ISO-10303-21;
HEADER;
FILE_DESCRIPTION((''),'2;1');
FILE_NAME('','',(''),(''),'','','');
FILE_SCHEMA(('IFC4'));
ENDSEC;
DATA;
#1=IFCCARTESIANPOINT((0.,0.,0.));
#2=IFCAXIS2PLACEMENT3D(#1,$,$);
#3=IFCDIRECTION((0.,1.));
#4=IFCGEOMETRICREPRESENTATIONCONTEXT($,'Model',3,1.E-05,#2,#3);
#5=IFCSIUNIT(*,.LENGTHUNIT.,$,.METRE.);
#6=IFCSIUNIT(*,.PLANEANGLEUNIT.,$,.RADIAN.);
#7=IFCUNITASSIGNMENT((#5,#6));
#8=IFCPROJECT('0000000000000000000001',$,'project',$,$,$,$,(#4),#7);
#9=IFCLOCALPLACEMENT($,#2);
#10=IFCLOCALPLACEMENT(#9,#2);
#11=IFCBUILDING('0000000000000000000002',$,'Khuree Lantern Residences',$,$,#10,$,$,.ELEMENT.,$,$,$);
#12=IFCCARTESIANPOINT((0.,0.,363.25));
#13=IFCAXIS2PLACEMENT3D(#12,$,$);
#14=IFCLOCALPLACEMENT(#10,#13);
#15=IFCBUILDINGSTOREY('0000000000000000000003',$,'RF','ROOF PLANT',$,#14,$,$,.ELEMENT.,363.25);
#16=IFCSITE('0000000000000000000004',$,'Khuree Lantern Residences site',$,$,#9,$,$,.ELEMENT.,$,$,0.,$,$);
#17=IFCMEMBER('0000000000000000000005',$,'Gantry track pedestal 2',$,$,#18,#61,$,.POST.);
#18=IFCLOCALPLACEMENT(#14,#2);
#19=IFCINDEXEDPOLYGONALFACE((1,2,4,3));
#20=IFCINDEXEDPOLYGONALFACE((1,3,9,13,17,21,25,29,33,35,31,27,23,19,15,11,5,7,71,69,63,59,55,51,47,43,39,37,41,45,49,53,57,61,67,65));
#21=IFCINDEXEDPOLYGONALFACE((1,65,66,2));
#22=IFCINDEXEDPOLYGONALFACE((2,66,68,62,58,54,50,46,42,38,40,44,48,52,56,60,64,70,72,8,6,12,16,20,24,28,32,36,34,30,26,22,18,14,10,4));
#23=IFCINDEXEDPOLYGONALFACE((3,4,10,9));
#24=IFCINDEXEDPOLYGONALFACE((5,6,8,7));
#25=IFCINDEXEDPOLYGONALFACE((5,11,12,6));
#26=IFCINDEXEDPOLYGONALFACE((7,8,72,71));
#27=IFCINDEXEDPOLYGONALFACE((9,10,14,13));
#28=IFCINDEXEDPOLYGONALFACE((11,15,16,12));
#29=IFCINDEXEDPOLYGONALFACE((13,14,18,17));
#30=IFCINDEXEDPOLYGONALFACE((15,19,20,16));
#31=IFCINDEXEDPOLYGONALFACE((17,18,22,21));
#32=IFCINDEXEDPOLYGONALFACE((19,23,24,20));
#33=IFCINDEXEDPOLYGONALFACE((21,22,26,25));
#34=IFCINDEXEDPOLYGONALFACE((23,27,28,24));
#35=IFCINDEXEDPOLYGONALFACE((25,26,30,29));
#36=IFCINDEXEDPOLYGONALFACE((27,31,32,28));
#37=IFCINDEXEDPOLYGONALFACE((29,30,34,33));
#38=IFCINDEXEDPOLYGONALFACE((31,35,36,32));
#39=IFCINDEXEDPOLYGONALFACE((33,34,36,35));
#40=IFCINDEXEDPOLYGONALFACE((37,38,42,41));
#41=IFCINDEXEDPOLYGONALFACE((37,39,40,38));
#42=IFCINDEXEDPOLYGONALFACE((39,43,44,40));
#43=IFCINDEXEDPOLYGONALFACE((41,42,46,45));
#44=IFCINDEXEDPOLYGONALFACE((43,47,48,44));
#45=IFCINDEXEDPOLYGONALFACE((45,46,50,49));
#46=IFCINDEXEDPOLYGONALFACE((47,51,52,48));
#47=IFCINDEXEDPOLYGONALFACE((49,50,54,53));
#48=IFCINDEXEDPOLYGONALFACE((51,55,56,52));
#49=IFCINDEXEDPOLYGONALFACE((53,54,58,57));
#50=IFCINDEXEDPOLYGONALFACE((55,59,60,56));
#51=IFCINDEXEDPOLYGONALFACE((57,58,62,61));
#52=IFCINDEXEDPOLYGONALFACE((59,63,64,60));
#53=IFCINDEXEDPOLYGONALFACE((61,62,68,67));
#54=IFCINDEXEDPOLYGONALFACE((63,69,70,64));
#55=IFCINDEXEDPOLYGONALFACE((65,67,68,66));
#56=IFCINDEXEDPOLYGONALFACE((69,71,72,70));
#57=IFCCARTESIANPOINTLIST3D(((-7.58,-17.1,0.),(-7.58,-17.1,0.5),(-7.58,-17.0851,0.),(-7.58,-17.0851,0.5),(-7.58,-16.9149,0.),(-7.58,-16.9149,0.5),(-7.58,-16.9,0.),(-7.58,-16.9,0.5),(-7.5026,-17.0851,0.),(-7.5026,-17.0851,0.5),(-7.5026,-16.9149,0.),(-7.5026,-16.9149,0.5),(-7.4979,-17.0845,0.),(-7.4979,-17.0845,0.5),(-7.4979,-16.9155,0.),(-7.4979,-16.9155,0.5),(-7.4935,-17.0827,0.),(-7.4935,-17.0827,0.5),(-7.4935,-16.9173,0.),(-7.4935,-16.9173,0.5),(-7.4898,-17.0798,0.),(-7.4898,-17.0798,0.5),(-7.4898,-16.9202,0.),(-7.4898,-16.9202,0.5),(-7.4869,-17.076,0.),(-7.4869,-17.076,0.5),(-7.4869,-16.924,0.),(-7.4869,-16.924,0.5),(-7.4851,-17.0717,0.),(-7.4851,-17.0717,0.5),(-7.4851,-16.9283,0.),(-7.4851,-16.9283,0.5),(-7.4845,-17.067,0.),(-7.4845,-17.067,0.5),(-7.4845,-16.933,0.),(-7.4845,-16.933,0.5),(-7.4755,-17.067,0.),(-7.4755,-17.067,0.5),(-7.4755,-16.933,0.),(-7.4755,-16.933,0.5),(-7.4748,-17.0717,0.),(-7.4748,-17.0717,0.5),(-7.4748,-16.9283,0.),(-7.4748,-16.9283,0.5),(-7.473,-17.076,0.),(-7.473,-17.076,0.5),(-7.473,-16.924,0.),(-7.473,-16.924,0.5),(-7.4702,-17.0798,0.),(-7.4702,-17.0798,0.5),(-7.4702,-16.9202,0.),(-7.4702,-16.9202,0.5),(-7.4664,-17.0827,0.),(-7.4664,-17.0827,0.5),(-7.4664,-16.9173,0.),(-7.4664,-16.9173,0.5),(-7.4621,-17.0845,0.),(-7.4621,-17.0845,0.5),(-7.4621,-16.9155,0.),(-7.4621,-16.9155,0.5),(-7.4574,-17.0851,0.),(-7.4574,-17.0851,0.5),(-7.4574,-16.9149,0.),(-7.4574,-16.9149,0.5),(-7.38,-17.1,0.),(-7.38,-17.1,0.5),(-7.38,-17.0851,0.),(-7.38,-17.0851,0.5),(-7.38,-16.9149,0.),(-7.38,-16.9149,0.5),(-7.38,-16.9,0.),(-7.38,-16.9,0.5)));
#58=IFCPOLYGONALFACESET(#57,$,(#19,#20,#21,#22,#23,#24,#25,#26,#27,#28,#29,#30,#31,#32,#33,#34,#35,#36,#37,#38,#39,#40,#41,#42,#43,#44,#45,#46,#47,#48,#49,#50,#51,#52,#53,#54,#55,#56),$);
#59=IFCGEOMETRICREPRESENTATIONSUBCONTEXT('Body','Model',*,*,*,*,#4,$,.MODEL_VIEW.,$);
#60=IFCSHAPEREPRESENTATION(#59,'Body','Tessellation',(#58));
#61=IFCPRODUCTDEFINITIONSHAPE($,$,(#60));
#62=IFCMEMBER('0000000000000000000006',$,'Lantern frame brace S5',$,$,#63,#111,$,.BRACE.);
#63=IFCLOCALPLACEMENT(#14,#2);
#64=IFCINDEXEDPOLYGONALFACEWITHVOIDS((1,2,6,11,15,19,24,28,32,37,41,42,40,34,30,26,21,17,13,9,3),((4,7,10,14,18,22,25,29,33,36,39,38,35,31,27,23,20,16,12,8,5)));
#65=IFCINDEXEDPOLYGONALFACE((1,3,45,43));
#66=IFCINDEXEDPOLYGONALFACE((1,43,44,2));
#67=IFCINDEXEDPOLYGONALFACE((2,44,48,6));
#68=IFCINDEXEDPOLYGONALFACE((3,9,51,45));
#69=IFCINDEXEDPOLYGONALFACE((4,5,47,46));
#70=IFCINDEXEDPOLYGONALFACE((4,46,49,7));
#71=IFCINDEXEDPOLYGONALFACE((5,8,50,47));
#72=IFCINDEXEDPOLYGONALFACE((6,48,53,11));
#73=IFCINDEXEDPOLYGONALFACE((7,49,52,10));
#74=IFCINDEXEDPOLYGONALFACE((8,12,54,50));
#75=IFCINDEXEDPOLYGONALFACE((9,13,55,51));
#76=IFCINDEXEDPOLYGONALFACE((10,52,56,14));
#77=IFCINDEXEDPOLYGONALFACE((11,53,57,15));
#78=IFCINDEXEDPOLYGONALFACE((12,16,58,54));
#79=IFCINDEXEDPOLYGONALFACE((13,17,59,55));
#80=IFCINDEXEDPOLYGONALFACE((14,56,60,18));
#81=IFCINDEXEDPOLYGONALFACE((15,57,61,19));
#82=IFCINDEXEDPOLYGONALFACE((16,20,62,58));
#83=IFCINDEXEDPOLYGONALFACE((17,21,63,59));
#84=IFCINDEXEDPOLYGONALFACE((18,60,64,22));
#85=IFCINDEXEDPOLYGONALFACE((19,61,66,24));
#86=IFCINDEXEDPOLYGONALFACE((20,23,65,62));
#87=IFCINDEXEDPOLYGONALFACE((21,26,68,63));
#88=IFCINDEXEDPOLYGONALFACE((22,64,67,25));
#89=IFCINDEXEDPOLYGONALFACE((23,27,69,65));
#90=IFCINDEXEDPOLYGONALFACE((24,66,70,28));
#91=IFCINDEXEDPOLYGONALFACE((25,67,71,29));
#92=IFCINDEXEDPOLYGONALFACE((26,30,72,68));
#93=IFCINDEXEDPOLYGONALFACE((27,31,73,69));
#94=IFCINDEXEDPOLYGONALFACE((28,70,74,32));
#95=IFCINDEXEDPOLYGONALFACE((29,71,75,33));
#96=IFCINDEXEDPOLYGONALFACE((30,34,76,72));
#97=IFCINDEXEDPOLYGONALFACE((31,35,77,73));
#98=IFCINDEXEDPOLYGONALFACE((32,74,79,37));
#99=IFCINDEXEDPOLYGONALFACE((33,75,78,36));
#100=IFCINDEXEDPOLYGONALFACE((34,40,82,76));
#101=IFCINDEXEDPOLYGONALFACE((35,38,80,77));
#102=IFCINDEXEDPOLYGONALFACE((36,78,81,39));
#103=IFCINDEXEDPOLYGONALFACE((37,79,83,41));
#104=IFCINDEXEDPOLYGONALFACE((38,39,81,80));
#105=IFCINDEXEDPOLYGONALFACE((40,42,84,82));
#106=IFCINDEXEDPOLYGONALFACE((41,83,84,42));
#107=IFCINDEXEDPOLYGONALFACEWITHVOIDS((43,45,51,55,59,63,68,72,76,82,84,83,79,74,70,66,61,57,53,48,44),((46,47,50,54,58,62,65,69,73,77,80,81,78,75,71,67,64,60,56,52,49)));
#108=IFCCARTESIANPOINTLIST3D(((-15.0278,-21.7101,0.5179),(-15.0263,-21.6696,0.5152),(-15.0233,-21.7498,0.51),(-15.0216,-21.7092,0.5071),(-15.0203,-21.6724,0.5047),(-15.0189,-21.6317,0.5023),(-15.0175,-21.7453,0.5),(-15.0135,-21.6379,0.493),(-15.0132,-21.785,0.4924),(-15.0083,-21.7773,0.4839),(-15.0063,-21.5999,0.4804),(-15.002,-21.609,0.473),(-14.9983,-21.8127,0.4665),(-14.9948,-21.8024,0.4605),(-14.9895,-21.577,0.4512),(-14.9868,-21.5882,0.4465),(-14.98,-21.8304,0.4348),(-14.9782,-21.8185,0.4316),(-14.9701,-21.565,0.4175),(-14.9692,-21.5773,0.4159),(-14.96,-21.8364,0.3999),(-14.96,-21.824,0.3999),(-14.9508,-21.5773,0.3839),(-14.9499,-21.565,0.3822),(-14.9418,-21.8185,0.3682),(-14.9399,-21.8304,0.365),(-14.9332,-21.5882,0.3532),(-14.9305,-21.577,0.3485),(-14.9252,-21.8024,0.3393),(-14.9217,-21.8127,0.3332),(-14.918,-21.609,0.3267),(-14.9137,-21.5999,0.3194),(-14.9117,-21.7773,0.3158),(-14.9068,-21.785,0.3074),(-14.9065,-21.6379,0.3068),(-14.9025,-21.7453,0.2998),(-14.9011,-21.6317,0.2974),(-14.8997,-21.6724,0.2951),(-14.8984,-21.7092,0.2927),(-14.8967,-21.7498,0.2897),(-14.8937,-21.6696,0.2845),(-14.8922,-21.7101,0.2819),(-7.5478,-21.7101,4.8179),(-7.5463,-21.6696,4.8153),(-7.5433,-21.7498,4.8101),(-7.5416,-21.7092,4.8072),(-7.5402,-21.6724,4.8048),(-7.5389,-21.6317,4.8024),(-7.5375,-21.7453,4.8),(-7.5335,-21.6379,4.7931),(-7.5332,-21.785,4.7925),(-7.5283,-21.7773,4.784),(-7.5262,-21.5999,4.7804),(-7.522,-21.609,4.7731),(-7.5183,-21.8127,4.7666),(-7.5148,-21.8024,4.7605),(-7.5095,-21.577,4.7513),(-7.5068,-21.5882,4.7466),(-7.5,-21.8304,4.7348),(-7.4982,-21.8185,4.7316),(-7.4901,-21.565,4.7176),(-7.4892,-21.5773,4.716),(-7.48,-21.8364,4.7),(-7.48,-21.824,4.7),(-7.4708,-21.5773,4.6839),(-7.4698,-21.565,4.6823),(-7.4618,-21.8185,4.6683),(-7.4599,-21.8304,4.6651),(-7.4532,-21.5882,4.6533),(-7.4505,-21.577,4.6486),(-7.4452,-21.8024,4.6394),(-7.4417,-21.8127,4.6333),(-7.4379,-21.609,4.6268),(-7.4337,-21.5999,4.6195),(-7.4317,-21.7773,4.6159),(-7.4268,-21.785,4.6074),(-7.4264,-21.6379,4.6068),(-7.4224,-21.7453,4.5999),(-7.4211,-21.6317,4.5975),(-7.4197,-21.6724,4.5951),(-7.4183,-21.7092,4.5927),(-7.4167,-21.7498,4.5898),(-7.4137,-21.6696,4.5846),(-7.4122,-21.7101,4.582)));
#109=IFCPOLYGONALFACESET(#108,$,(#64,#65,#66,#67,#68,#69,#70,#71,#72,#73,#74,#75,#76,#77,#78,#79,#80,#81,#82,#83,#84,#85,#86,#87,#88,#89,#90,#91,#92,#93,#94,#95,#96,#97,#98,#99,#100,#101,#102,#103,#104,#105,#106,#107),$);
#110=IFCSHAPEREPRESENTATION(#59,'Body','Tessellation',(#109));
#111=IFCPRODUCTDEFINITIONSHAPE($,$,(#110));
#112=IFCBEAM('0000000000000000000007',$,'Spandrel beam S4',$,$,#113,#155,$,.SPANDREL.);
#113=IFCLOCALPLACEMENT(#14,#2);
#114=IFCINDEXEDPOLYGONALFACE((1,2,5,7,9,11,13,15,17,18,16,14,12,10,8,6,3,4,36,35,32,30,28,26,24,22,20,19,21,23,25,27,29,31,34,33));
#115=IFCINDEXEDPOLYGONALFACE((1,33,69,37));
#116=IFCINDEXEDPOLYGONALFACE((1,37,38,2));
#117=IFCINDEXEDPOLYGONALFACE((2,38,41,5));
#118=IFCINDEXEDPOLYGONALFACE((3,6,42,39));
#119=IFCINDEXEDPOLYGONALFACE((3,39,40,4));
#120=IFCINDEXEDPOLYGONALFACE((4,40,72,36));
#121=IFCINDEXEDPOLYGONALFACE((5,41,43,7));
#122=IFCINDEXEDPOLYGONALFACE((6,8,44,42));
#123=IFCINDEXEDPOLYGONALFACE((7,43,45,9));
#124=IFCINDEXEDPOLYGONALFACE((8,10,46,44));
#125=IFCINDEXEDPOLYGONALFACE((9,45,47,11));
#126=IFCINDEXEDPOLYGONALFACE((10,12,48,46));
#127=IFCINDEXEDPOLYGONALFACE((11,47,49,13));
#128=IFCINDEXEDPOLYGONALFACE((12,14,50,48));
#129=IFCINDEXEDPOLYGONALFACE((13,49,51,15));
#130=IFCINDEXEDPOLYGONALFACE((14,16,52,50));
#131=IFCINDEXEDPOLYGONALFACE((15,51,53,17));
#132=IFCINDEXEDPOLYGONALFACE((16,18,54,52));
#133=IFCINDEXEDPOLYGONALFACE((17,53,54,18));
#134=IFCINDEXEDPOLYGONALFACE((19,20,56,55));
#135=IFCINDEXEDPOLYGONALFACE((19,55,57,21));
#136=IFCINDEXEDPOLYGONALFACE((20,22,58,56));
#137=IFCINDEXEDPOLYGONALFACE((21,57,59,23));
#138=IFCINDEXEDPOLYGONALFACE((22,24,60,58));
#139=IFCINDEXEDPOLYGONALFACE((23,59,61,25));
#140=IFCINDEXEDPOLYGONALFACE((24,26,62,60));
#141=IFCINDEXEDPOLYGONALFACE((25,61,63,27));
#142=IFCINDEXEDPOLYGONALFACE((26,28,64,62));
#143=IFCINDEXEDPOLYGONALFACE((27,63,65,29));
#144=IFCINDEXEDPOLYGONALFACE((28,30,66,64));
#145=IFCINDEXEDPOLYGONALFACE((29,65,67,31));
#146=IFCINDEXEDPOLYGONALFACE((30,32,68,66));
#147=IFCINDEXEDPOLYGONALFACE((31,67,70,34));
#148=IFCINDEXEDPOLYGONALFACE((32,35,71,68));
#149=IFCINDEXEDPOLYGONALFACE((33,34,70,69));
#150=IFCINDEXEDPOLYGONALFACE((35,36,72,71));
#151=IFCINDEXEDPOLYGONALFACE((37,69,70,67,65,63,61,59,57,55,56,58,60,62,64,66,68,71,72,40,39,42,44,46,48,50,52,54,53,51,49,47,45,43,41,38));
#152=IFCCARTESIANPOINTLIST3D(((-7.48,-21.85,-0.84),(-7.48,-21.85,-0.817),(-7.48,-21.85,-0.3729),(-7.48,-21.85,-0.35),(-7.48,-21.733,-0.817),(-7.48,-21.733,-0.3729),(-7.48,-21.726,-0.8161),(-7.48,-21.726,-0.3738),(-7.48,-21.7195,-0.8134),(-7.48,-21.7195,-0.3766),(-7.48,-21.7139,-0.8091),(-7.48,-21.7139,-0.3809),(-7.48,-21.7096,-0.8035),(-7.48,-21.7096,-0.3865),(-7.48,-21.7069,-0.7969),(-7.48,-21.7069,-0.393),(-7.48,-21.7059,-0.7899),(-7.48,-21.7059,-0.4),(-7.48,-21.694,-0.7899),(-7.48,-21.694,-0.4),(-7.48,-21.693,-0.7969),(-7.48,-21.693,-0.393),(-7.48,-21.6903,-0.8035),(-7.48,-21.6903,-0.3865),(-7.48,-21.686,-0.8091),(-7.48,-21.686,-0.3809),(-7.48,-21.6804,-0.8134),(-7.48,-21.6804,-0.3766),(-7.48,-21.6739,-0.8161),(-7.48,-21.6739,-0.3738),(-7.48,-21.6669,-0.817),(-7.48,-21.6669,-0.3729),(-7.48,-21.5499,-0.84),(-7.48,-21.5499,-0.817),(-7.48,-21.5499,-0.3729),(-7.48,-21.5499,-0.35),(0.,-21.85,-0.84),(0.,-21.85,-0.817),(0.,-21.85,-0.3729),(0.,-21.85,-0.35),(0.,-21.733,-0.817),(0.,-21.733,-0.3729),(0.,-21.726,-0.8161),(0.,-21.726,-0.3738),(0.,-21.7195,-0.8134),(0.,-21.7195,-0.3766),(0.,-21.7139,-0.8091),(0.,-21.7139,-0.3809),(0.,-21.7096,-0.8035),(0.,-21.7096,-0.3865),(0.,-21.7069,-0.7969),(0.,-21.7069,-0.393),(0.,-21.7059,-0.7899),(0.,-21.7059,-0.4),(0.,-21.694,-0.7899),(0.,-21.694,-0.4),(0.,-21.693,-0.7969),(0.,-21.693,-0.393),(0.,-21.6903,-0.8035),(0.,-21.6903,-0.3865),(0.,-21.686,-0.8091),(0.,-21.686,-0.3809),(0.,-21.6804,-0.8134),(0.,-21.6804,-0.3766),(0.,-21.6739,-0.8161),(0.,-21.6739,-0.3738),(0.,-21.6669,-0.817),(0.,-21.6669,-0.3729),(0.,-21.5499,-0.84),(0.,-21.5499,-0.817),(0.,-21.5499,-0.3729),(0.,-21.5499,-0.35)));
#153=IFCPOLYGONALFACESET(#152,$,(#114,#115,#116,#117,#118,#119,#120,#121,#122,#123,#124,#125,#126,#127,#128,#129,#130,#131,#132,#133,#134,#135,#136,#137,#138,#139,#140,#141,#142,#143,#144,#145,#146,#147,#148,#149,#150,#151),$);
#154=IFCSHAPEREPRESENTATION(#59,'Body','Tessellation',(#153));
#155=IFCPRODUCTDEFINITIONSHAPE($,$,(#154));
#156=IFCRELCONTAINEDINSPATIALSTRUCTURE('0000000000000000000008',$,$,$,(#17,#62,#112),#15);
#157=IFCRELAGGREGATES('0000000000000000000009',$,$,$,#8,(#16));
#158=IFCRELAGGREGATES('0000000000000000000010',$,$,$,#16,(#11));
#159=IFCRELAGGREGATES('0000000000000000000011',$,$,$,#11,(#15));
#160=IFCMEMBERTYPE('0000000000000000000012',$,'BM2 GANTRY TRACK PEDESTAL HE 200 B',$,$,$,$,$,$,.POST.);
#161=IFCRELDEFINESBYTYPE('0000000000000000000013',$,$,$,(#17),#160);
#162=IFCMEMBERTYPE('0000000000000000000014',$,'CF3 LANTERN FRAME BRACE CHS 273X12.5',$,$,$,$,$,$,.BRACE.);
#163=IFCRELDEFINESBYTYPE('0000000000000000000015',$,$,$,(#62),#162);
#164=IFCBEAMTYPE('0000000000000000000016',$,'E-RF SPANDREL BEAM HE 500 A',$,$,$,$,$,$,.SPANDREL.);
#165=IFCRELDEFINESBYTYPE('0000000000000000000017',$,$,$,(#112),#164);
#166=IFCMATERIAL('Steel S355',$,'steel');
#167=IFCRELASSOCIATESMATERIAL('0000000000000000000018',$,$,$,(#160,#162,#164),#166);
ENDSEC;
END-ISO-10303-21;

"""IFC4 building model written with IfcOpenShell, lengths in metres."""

from ifc_helpers import new_model, si_unit, direction, frame, origin, origin_2d, place, context, subcontext, project, spatial, hollow_circle, i_section, extrude, material, material_profile, profile_set, type_object, element, save


model = new_model("IFC4")

# Units and contexts
model_context = context("Model", 3, precision=1e-05, world=origin(), true_north=direction((0.0, 1.0)))
body_context = subcontext(model_context, "Body", "Model", "MODEL_VIEW")
ifc_project = project(units=[si_unit("LENGTHUNIT", "METRE"), si_unit("PLANEANGLEUNIT", "RADIAN")], contexts=[model_context])

# Site, building, storey
site_placement = place(None, origin())
site = spatial("IfcSite", under=ifc_project, at=site_placement, Name="Khuree Lantern Residences site", CompositionType="ELEMENT", RefElevation=0.0)
building_placement = place(site_placement, origin())
building = spatial("IfcBuilding", under=site, at=building_placement, Name="Khuree Lantern Residences", CompositionType="ELEMENT")
storey_placement = place(building_placement, frame((0.0, 0.0, 363.25)))
storey = spatial("IfcBuildingStorey", under=building, at=storey_placement, Name="RF", Description="ROOF PLANT", CompositionType="ELEMENT", Elevation=363.25)

# Shared definitions
ifc_material_1 = material(Name="Steel S355", Category="steel")

# Members
ifc_material_profile_1 = material_profile(ifc_material_1, i_section(OverallWidth=0.2, OverallDepth=0.2, WebThickness=0.009, FlangeThickness=0.0149, FilletRadius=0.0181, at=origin_2d()), Name="HE 200 B")
ifc_profile_set_1 = profile_set([ifc_material_profile_1], Name="Steel S355")
member_type_1 = type_object("IfcMemberType", Name="BM2 GANTRY TRACK PEDESTAL HE 200 B", PredefinedType="POST", material=ifc_profile_set_1)
for number, where, z_axis, x_axis, name in (
    (1, (-7.48, -17.0, 0.0), (0.0, 0.0, 1.0), (1.0, 0.0, 0.0), "Gantry track pedestal 2"),
):
    element("IfcMember", number, at=place(storey_placement, frame(where, z_axis=z_axis, x_axis=x_axis)), inside=storey, type_object=member_type_1, Name=name, PredefinedType="POST", context=body_context, shape_type="SweptSolid", body=[
        extrude(i_section(OverallWidth=0.2, OverallDepth=0.2, WebThickness=0.009, FlangeThickness=0.0149, FilletRadius=0.0181, at=origin_2d()), origin(), (0.0, 0.0, 1.0), 0.5),
    ])
ifc_material_profile_2 = material_profile(ifc_material_1, hollow_circle(Radius=0.1365, WallThickness=0.0125, at=origin_2d()), Name="CHS 273X12.5")
ifc_profile_set_2 = profile_set([ifc_material_profile_2], Name="Steel S355")
member_type_2 = type_object("IfcMemberType", Name="CF3 LANTERN FRAME BRACE CHS 273X12.5", PredefinedType="BRACE", material=ifc_profile_set_2)
member_1_placement = place(storey_placement, frame((-7.48, -21.7, 4.7), z_axis=(-0.866953, 0.0, -0.498389), x_axis=(0.0, -1.0, 0.0)))
element("IfcMember", 2, at=member_1_placement, inside=storey, type_object=member_type_2, Name="Lantern frame brace S5", PredefinedType="BRACE", context=body_context, shape_type="SweptSolid", body=[
    extrude(hollow_circle(Radius=0.1365, WallThickness=0.0125, at=origin_2d()), origin(), (0.0, 0.0, 1.0), 8.6279),
])

# Beam
ifc_material_profile_3 = material_profile(ifc_material_1, i_section(OverallWidth=0.3, OverallDepth=0.49, WebThickness=0.012, FlangeThickness=0.0229, FilletRadius=0.0271, at=origin_2d()), Name="HE 500 A")
ifc_profile_set_3 = profile_set([ifc_material_profile_3], Name="Steel S355")
beam_type_1 = type_object("IfcBeamType", Name="E-RF SPANDREL BEAM HE 500 A", PredefinedType="SPANDREL", material=ifc_profile_set_3)
beam_1_placement = place(storey_placement, frame((0.0, -21.7, -0.595), z_axis=(-1.0, 0.0, 0.0), x_axis=(0.0, -1.0, 0.0)))
element("IfcBeam", 3, at=beam_1_placement, inside=storey, type_object=beam_type_1, Name="Spandrel beam S4", PredefinedType="SPANDREL", context=body_context, shape_type="SweptSolid", body=[
    extrude(i_section(OverallWidth=0.3, OverallDepth=0.49, WebThickness=0.012, FlangeThickness=0.0229, FilletRadius=0.0271, at=origin_2d()), origin(), (0.0, 0.0, 1.0), 7.48),
])

save(model, "model.ifc")
